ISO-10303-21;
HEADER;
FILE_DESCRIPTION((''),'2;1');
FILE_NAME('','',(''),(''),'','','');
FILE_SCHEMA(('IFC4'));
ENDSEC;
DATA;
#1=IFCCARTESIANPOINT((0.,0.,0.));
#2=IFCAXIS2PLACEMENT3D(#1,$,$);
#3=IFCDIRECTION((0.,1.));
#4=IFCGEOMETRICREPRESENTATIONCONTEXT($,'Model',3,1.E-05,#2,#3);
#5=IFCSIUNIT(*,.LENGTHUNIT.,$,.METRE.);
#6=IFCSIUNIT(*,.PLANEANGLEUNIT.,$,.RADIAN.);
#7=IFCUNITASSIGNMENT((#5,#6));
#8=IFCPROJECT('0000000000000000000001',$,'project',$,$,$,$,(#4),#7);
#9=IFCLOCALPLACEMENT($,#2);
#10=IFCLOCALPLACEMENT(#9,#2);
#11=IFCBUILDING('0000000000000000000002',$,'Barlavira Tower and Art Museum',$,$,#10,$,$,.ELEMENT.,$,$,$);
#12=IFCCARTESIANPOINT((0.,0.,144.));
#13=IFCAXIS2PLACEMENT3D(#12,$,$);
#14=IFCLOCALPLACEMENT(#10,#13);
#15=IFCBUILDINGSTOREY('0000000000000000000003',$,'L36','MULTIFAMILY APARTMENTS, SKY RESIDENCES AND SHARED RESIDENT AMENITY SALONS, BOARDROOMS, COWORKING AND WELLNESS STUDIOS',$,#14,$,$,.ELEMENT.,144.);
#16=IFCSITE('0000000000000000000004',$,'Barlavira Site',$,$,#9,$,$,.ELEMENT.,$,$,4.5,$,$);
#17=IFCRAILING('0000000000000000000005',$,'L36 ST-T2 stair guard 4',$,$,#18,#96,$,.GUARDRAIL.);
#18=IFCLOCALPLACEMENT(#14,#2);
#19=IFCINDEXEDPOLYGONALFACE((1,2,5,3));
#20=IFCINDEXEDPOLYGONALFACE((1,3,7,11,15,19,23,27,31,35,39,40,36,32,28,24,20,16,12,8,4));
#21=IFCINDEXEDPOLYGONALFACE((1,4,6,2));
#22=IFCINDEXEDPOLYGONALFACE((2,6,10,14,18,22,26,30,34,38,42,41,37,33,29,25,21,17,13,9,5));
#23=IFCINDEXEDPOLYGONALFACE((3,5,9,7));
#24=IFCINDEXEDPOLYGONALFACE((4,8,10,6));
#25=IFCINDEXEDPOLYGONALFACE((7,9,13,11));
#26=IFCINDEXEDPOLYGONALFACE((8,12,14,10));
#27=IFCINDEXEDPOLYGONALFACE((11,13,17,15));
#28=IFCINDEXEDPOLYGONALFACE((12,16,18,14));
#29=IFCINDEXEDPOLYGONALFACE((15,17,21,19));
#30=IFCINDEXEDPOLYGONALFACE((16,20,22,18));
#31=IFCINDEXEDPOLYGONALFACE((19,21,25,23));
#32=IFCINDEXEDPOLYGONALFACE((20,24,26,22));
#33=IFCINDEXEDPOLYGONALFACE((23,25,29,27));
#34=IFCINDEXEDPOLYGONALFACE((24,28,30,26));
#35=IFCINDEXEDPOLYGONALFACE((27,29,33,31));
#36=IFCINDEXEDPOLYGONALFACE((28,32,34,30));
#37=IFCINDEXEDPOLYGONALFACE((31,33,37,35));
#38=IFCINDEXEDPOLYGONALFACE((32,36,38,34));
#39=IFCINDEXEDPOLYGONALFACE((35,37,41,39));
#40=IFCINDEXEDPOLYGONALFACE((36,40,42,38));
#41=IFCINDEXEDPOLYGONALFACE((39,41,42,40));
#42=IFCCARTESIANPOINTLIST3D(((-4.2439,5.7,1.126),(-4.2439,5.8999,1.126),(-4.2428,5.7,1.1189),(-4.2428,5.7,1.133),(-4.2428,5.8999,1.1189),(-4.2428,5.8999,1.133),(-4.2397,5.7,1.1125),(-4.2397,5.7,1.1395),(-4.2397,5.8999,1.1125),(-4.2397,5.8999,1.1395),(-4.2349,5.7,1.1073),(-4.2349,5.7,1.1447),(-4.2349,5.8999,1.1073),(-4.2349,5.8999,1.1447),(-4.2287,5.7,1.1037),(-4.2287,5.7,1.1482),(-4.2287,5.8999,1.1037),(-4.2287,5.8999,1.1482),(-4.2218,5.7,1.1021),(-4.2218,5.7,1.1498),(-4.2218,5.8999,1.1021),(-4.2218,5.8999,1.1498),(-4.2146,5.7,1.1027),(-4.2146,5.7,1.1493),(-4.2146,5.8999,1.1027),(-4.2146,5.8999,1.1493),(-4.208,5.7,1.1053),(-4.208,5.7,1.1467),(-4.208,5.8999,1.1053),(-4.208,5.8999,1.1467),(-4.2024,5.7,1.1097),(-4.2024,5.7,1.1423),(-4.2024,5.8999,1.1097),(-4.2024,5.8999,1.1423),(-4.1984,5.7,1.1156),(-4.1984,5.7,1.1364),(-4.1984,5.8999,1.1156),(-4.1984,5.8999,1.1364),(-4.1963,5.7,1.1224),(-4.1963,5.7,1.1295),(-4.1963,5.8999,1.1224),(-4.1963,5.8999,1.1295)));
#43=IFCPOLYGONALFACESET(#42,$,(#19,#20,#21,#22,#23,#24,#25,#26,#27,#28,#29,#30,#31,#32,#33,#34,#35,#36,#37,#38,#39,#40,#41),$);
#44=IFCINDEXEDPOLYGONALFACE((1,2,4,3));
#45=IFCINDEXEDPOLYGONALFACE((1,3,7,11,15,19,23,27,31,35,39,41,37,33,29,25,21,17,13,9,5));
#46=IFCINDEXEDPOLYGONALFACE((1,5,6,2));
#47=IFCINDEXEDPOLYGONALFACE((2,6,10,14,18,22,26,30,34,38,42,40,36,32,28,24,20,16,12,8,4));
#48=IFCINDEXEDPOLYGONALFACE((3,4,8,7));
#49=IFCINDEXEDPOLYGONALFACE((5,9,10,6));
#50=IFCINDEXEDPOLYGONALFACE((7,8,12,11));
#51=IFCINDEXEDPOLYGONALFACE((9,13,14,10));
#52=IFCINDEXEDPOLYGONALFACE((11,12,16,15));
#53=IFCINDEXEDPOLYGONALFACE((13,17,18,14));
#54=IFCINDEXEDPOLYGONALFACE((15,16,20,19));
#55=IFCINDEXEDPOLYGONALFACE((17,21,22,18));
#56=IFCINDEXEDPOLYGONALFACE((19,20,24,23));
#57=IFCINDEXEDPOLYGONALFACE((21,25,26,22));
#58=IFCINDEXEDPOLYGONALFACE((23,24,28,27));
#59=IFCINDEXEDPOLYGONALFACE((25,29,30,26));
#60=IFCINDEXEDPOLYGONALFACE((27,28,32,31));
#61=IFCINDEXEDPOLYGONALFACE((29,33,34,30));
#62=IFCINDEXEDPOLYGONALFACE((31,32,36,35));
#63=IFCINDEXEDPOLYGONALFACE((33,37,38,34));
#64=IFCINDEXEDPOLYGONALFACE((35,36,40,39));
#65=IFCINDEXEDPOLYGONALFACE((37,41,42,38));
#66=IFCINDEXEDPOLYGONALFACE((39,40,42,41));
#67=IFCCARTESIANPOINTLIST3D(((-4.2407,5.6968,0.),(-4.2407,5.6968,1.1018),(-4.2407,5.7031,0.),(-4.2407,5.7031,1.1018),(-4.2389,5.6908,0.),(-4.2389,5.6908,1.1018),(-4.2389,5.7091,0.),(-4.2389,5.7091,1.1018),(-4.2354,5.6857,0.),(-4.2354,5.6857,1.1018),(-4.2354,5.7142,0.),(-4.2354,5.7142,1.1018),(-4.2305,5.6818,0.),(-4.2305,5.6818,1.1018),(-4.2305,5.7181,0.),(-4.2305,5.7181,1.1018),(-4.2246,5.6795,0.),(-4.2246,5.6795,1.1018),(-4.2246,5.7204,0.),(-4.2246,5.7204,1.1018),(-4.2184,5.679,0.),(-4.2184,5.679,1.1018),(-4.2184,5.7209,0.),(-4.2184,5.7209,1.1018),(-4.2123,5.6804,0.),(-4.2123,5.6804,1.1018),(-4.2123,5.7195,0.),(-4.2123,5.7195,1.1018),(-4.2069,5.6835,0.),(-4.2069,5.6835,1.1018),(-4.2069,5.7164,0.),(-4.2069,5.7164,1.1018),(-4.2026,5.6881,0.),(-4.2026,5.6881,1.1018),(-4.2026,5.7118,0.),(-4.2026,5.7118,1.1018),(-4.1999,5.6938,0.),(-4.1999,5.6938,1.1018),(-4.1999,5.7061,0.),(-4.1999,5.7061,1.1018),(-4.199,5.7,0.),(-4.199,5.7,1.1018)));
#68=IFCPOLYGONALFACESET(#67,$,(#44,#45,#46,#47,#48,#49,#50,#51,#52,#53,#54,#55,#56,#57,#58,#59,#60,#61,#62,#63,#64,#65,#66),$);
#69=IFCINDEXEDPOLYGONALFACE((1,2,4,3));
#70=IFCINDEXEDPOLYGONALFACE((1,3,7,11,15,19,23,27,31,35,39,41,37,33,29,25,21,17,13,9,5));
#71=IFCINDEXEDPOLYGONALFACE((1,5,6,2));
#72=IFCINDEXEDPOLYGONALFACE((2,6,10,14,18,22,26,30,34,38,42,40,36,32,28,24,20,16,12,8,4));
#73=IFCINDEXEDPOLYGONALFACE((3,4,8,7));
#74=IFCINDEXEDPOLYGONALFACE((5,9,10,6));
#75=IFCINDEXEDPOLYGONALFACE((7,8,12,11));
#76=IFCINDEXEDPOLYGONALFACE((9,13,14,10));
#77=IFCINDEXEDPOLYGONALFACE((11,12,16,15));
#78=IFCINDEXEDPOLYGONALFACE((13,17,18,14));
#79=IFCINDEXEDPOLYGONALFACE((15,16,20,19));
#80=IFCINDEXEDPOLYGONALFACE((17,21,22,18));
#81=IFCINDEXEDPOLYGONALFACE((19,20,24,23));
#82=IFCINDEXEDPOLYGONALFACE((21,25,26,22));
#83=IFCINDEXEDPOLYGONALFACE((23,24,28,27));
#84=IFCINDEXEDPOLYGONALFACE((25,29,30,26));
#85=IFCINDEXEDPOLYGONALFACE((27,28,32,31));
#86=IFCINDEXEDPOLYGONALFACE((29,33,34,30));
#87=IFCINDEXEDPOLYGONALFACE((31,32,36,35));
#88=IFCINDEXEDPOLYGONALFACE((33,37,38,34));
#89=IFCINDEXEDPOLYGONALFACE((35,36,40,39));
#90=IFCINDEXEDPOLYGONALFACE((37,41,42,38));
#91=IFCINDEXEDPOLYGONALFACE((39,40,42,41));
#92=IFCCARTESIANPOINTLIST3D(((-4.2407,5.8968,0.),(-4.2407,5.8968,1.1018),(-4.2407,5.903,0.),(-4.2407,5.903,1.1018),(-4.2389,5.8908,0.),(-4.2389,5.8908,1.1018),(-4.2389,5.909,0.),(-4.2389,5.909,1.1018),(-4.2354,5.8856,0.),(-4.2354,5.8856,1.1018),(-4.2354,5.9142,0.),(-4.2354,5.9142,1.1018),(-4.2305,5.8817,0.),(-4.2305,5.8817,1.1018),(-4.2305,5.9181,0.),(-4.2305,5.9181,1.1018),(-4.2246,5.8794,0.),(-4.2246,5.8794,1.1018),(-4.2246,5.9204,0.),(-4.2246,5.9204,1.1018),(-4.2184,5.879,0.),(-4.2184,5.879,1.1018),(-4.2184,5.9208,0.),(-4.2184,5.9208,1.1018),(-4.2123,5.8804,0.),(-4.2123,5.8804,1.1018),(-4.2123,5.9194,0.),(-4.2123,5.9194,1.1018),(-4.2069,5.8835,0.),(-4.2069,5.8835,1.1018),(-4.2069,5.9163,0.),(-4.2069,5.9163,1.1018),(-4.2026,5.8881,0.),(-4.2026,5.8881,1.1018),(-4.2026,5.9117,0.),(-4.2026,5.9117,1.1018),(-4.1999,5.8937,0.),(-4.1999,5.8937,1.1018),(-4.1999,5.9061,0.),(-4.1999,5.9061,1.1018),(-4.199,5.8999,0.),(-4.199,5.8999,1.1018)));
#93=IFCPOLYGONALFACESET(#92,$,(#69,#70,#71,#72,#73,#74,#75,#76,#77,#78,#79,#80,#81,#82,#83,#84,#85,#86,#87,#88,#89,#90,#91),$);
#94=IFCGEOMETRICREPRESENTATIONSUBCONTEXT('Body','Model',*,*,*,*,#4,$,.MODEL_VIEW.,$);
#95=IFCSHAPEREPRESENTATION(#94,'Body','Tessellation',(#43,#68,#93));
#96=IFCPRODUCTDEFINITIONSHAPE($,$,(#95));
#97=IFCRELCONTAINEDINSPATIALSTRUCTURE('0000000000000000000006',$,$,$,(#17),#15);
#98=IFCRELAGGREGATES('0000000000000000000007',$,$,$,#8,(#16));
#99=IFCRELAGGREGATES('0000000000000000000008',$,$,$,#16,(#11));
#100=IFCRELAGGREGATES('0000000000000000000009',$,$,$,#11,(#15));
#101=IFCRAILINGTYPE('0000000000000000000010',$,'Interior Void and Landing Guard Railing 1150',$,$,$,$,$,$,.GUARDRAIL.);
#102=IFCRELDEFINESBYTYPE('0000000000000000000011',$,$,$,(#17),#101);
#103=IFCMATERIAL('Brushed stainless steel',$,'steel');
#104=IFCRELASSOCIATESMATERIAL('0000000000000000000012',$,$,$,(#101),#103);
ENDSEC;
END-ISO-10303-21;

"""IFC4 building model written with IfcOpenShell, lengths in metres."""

from ifc_helpers import new_model, si_unit, direction, frame, origin, origin_2d, place, context, subcontext, project, spatial, circle, extrude, material, type_object, element, save


model = new_model("IFC4")

# Units and contexts
model_context = context("Model", 3, precision=1e-05, world=origin(), true_north=direction((0.0, 1.0)))
body_context = subcontext(model_context, "Body", "Model", "MODEL_VIEW")
ifc_project = project(units=[si_unit("LENGTHUNIT", "METRE"), si_unit("PLANEANGLEUNIT", "RADIAN")], contexts=[model_context])

# Site, building, storey
site_placement = place(None, origin())
site = spatial("IfcSite", under=ifc_project, at=site_placement, Name="Barlavira Site", CompositionType="ELEMENT", RefElevation=4.5)
building_placement = place(site_placement, origin())
building = spatial("IfcBuilding", under=site, at=building_placement, Name="Barlavira Tower and Art Museum", CompositionType="ELEMENT")
storey_placement = place(building_placement, frame((0.0, 0.0, 144.0)))
storey = spatial("IfcBuildingStorey", under=building, at=storey_placement, Name="L36", Description="MULTIFAMILY APARTMENTS, SKY RESIDENCES AND SHARED RESIDENT AMENITY SALONS, BOARDROOMS, COWORKING AND WELLNESS STUDIOS", CompositionType="ELEMENT", Elevation=144.0)

# Shared definitions
ifc_material_1 = material(Name="Brushed stainless steel", Category="steel")

# Railing
railing_type_1 = type_object("IfcRailingType", Name="Interior Void and Landing Guard Railing 1150", PredefinedType="GUARDRAIL", material=ifc_material_1)
railing_1_placement = place(storey_placement, frame((-4.22, 5.7, 0.0)))
element("IfcRailing", 1, at=railing_1_placement, inside=storey, type_object=railing_type_1, Name="L36 ST-T2 stair guard 4", PredefinedType="GUARDRAIL", context=body_context, shape_type="SweptSolid", body=[
    extrude(circle(Radius=0.0239, at=origin_2d()), frame((0.0, 0.0, 1.126), z_axis=(0.0, 1.0, 0.0), x_axis=(-1.0, 0.0, 0.0)), (0.0, 0.0, 1.0), 0.2),
    extrude(circle(Radius=0.021, at=origin_2d()), origin(), (0.0, 0.0, 1.0), 1.1018),
    extrude(circle(Radius=0.021, at=origin_2d()), frame((0.0, 0.2, 0.0)), (0.0, 0.0, 1.0), 1.1018),
])

save(model, "model.ifc")
